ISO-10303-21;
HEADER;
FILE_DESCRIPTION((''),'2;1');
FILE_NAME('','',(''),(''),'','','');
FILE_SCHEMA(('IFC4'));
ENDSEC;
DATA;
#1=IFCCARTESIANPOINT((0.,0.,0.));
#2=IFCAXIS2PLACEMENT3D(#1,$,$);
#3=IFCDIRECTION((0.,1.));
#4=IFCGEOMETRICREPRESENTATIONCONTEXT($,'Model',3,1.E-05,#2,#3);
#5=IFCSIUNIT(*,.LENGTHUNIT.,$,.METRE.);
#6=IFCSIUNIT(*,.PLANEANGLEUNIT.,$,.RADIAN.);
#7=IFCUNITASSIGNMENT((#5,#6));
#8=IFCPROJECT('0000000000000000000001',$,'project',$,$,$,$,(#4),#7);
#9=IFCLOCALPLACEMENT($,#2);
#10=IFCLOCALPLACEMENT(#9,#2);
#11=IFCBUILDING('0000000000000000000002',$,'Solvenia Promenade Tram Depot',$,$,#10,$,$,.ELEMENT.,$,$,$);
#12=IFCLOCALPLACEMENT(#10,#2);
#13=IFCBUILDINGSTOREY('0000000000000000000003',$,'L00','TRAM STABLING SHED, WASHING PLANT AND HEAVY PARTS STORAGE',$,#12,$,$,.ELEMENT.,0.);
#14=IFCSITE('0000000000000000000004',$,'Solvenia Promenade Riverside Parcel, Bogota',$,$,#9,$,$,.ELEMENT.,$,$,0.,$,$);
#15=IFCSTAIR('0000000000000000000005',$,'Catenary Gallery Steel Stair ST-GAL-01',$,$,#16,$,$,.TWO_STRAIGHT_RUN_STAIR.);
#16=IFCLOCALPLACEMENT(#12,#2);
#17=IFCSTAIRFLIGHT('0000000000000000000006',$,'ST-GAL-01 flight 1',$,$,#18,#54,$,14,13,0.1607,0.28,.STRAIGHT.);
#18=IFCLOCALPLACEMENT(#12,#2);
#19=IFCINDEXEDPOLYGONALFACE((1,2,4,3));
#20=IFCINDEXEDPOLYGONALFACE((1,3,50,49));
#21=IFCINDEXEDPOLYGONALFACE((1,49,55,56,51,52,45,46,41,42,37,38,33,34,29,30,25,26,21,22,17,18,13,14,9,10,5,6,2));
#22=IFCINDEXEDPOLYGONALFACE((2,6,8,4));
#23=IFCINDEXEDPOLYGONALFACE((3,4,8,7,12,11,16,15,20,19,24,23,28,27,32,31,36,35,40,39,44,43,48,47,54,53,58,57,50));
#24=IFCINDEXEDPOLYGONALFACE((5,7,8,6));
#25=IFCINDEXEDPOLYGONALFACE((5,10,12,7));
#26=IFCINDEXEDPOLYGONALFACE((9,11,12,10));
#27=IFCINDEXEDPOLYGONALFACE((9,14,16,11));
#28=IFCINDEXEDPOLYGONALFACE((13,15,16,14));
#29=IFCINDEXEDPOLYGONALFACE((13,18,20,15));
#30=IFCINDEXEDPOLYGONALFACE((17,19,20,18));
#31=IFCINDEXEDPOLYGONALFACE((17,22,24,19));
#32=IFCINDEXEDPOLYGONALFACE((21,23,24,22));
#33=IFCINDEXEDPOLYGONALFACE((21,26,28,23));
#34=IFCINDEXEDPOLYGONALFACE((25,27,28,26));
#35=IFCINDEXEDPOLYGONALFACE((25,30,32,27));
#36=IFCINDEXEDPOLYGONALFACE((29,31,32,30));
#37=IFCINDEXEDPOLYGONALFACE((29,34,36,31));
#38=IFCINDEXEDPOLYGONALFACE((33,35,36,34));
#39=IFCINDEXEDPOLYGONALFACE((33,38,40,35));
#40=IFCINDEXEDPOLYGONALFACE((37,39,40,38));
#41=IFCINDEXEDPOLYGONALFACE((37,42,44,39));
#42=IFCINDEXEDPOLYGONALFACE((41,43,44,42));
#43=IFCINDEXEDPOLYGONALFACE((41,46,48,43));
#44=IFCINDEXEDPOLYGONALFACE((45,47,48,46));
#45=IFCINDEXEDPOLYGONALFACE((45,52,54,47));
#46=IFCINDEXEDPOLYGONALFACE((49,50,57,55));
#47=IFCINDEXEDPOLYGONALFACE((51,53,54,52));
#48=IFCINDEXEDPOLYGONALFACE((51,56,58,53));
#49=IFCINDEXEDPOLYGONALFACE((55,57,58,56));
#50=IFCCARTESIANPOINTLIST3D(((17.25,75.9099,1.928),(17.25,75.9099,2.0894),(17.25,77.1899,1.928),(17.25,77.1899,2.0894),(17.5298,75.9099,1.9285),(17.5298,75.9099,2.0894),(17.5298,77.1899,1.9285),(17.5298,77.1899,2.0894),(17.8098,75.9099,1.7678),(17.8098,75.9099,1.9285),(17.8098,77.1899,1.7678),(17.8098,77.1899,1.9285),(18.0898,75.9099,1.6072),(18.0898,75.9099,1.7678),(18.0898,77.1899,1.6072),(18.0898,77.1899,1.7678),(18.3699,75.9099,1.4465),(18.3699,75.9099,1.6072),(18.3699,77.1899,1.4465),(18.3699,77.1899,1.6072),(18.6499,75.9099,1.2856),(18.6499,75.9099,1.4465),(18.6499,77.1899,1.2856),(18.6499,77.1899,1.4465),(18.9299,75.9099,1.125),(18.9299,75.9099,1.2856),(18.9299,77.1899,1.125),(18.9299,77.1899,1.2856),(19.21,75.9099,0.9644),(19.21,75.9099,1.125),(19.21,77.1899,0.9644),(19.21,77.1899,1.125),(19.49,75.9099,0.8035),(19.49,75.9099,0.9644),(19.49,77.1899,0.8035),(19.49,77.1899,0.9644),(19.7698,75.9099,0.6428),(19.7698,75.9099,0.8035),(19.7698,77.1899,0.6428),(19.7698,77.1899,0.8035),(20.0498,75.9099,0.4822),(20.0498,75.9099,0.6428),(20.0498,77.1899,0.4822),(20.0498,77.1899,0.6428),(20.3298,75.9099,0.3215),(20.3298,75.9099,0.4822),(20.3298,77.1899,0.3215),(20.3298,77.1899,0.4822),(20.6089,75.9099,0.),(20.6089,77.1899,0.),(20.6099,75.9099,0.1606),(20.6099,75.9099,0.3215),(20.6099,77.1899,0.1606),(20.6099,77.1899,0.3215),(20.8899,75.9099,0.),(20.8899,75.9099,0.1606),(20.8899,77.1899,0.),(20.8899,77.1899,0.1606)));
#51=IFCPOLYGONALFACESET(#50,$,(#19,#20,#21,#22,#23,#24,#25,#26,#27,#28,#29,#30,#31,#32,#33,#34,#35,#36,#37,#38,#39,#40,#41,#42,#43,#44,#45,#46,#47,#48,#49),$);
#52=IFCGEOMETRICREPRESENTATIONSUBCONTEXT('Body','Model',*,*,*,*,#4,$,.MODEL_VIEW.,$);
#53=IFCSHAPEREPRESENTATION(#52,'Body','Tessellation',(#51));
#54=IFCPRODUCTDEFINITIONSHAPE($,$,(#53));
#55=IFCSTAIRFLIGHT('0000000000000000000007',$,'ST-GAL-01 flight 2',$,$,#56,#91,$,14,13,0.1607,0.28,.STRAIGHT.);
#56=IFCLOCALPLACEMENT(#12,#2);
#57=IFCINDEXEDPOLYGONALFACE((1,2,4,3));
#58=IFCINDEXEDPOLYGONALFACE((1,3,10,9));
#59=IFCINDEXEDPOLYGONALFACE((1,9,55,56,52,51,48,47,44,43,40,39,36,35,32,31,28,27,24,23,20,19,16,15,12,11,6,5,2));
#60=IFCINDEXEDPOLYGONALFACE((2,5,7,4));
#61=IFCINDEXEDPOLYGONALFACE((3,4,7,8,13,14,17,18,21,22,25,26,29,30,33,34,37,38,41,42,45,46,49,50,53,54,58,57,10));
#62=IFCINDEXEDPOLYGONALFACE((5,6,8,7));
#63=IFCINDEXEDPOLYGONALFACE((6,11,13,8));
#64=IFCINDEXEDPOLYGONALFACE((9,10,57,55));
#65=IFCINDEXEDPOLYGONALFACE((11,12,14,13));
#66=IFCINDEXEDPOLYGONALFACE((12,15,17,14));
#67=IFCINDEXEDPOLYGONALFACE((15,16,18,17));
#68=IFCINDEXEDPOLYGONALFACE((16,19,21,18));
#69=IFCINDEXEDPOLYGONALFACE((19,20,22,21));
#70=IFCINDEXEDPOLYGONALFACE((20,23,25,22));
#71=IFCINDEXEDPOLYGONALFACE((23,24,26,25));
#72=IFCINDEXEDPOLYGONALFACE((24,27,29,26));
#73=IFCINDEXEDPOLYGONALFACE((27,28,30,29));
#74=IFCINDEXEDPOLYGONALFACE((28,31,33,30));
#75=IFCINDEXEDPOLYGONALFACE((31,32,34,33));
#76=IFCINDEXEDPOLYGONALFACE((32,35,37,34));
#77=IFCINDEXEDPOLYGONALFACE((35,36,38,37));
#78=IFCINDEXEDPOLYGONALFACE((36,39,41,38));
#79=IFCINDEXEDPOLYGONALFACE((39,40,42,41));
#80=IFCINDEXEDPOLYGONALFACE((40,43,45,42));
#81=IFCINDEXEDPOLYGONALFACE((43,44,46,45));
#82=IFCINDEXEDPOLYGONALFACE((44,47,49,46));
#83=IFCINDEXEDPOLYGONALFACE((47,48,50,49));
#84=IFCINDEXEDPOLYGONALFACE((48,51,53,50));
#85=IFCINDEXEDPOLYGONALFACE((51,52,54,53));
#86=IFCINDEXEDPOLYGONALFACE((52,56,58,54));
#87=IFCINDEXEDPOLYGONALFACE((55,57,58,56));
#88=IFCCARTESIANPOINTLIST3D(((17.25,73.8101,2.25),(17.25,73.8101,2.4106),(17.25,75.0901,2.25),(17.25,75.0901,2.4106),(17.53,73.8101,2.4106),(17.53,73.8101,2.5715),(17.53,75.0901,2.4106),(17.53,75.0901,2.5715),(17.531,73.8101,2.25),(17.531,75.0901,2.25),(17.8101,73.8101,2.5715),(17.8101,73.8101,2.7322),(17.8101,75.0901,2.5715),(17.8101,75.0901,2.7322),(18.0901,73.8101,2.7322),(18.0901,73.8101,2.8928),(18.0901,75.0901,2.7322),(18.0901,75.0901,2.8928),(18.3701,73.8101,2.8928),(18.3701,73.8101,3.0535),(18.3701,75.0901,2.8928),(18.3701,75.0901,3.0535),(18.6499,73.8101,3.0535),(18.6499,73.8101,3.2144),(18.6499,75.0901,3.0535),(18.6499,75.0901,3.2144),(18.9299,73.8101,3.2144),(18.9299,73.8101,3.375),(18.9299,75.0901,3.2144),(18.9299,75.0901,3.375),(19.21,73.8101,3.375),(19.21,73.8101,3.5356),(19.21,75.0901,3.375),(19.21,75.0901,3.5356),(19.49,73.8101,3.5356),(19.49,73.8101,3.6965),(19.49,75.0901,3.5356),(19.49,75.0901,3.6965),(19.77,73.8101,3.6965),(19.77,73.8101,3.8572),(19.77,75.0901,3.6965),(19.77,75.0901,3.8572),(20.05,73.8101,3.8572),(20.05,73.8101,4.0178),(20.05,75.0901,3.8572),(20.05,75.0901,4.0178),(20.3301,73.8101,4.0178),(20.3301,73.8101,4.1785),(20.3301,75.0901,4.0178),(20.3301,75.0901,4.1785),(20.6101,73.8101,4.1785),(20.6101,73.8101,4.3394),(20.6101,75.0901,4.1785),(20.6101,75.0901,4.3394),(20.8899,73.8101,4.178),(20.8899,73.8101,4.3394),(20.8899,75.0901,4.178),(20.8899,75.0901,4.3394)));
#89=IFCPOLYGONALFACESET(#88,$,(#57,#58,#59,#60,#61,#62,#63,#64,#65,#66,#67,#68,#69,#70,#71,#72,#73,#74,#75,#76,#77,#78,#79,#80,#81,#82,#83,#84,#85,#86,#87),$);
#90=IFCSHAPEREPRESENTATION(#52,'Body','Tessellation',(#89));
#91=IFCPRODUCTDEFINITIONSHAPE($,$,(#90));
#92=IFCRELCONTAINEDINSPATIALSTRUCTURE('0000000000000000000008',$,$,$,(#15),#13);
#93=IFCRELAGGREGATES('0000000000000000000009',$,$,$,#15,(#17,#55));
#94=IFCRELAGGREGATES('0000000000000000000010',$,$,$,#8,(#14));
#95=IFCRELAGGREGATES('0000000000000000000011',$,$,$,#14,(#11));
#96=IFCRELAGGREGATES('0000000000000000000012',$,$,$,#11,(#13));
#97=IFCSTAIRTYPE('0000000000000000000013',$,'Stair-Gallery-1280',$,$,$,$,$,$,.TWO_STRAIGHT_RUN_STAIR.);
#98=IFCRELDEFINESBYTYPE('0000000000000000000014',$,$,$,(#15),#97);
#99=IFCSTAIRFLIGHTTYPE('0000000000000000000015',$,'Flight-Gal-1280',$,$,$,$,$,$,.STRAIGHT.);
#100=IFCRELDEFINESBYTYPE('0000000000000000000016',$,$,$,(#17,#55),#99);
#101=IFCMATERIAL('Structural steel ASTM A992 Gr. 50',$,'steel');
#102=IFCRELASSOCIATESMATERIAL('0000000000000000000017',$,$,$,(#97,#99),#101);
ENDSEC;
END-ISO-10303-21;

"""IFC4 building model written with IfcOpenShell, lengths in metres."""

from ifc_helpers import new_model, si_unit, direction, frame, origin, place, context, subcontext, project, spatial, polyline, outline, extrude, material, type_object, element, aggregate, save


model = new_model("IFC4")

# Units and contexts
model_context = context("Model", 3, precision=1e-05, world=origin(), true_north=direction((0.0, 1.0)))
body_context = subcontext(model_context, "Body", "Model", "MODEL_VIEW")
ifc_project = project(units=[si_unit("LENGTHUNIT", "METRE"), si_unit("PLANEANGLEUNIT", "RADIAN")], contexts=[model_context])

# Site, building, storey
site_placement = place(None, origin())
site = spatial("IfcSite", under=ifc_project, at=site_placement, Name="Solvenia Promenade Riverside Parcel, Bogota", CompositionType="ELEMENT", RefElevation=0.0)
building_placement = place(site_placement, origin())
building = spatial("IfcBuilding", under=site, at=building_placement, Name="Solvenia Promenade Tram Depot", CompositionType="ELEMENT")
storey_placement = place(building_placement, origin())
storey = spatial("IfcBuildingStorey", under=building, at=storey_placement, Name="L00", Description="TRAM STABLING SHED, WASHING PLANT AND HEAVY PARTS STORAGE", CompositionType="ELEMENT", Elevation=0.0)

# Shared definitions
ifc_material_1 = material(Name="Structural steel ASTM A992 Gr. 50", Category="steel")

# Stair, stair flights
stair_type = type_object("IfcStairType", Name="Stair-Gallery-1280", PredefinedType="TWO_STRAIGHT_RUN_STAIR", material=ifc_material_1)
stair_placement = place(storey_placement, origin())
stair = element("IfcStair", 1, at=stair_placement, inside=storey, type_object=stair_type, Name="Catenary Gallery Steel Stair ST-GAL-01", PredefinedType="TWO_STRAIGHT_RUN_STAIR")
stair_flight_type = type_object("IfcStairFlightType", Name="Flight-Gal-1280", PredefinedType="STRAIGHT", material=ifc_material_1)
stair_flight_1_placement = place(storey_placement, frame((20.8899, 76.55, 0.0), z_axis=(0.0, 0.0, 1.0), x_axis=(-1.0, 0.0, 0.0)))
stair_flight_1 = element("IfcStairFlight", 2, at=stair_flight_1_placement, type_object=stair_flight_type, Name="ST-GAL-01 flight 1", NumberOfRisers=14, NumberOfTreads=13, PredefinedType="STRAIGHT", RiserHeight=0.1607, TreadLength=0.28, context=body_context, shape_type="SweptSolid", body=[
    extrude(outline(polyline([(0.0, 0.0), (0.0, 0.1606), (0.28, 0.1606), (0.28, 0.3215), (0.5601, 0.3215), (0.5601, 0.4822), (0.8401, 0.4822), (0.8401, 0.6428), (1.1201, 0.6428), (1.1201, 0.8035), (1.3999, 0.8035), (1.3999, 0.9644), (1.6799, 0.9644), (1.6799, 1.125), (1.96, 1.125), (1.96, 1.2856), (2.24, 1.2856), (2.24, 1.4465), (2.52, 1.4465), (2.52, 1.6072), (2.8, 1.6072), (2.8, 1.7678), (3.0801, 1.7678), (3.0801, 1.9285), (3.3601, 1.9285), (3.3601, 2.0894), (3.6399, 2.0894), (3.6399, 2.25), (3.6399, 1.928), (0.281, 0.0), (0.0, 0.0)])), frame((0.0, 0.6401, 0.0), z_axis=(0.0, -1.0, 0.0), x_axis=(1.0, 0.0, 0.0)), (0.0, 0.0, 1.0), 1.28),
])
stair_flight_2_placement = place(storey_placement, frame((17.25, 74.45, 2.25), z_axis=(0.0, 0.0, 1.0), x_axis=(1.0, 0.0, 0.0)))
stair_flight_2 = element("IfcStairFlight", 3, at=stair_flight_2_placement, type_object=stair_flight_type, Name="ST-GAL-01 flight 2", NumberOfRisers=14, NumberOfTreads=13, PredefinedType="STRAIGHT", RiserHeight=0.1607, TreadLength=0.28, context=body_context, shape_type="SweptSolid", body=[
    extrude(outline(polyline([(0.0, 0.0), (0.0, 0.1606), (0.28, 0.1606), (0.28, 0.3215), (0.5601, 0.3215), (0.5601, 0.4822), (0.8401, 0.4822), (0.8401, 0.6428), (1.1201, 0.6428), (1.1201, 0.8035), (1.3999, 0.8035), (1.3999, 0.9644), (1.6799, 0.9644), (1.6799, 1.125), (1.96, 1.125), (1.96, 1.2856), (2.24, 1.2856), (2.24, 1.4465), (2.52, 1.4465), (2.52, 1.6072), (2.8, 1.6072), (2.8, 1.7678), (3.0801, 1.7678), (3.0801, 1.9285), (3.3601, 1.9285), (3.3601, 2.0894), (3.6399, 2.0894), (3.6399, 2.25), (3.6399, 1.928), (0.281, 0.0), (0.0, 0.0)])), frame((0.0, 0.6401, 0.0), z_axis=(0.0, -1.0, 0.0), x_axis=(1.0, 0.0, 0.0)), (0.0, 0.0, 1.0), 1.28),
])
aggregate(stair, [stair_flight_1, stair_flight_2])

save(model, "model.ifc")
